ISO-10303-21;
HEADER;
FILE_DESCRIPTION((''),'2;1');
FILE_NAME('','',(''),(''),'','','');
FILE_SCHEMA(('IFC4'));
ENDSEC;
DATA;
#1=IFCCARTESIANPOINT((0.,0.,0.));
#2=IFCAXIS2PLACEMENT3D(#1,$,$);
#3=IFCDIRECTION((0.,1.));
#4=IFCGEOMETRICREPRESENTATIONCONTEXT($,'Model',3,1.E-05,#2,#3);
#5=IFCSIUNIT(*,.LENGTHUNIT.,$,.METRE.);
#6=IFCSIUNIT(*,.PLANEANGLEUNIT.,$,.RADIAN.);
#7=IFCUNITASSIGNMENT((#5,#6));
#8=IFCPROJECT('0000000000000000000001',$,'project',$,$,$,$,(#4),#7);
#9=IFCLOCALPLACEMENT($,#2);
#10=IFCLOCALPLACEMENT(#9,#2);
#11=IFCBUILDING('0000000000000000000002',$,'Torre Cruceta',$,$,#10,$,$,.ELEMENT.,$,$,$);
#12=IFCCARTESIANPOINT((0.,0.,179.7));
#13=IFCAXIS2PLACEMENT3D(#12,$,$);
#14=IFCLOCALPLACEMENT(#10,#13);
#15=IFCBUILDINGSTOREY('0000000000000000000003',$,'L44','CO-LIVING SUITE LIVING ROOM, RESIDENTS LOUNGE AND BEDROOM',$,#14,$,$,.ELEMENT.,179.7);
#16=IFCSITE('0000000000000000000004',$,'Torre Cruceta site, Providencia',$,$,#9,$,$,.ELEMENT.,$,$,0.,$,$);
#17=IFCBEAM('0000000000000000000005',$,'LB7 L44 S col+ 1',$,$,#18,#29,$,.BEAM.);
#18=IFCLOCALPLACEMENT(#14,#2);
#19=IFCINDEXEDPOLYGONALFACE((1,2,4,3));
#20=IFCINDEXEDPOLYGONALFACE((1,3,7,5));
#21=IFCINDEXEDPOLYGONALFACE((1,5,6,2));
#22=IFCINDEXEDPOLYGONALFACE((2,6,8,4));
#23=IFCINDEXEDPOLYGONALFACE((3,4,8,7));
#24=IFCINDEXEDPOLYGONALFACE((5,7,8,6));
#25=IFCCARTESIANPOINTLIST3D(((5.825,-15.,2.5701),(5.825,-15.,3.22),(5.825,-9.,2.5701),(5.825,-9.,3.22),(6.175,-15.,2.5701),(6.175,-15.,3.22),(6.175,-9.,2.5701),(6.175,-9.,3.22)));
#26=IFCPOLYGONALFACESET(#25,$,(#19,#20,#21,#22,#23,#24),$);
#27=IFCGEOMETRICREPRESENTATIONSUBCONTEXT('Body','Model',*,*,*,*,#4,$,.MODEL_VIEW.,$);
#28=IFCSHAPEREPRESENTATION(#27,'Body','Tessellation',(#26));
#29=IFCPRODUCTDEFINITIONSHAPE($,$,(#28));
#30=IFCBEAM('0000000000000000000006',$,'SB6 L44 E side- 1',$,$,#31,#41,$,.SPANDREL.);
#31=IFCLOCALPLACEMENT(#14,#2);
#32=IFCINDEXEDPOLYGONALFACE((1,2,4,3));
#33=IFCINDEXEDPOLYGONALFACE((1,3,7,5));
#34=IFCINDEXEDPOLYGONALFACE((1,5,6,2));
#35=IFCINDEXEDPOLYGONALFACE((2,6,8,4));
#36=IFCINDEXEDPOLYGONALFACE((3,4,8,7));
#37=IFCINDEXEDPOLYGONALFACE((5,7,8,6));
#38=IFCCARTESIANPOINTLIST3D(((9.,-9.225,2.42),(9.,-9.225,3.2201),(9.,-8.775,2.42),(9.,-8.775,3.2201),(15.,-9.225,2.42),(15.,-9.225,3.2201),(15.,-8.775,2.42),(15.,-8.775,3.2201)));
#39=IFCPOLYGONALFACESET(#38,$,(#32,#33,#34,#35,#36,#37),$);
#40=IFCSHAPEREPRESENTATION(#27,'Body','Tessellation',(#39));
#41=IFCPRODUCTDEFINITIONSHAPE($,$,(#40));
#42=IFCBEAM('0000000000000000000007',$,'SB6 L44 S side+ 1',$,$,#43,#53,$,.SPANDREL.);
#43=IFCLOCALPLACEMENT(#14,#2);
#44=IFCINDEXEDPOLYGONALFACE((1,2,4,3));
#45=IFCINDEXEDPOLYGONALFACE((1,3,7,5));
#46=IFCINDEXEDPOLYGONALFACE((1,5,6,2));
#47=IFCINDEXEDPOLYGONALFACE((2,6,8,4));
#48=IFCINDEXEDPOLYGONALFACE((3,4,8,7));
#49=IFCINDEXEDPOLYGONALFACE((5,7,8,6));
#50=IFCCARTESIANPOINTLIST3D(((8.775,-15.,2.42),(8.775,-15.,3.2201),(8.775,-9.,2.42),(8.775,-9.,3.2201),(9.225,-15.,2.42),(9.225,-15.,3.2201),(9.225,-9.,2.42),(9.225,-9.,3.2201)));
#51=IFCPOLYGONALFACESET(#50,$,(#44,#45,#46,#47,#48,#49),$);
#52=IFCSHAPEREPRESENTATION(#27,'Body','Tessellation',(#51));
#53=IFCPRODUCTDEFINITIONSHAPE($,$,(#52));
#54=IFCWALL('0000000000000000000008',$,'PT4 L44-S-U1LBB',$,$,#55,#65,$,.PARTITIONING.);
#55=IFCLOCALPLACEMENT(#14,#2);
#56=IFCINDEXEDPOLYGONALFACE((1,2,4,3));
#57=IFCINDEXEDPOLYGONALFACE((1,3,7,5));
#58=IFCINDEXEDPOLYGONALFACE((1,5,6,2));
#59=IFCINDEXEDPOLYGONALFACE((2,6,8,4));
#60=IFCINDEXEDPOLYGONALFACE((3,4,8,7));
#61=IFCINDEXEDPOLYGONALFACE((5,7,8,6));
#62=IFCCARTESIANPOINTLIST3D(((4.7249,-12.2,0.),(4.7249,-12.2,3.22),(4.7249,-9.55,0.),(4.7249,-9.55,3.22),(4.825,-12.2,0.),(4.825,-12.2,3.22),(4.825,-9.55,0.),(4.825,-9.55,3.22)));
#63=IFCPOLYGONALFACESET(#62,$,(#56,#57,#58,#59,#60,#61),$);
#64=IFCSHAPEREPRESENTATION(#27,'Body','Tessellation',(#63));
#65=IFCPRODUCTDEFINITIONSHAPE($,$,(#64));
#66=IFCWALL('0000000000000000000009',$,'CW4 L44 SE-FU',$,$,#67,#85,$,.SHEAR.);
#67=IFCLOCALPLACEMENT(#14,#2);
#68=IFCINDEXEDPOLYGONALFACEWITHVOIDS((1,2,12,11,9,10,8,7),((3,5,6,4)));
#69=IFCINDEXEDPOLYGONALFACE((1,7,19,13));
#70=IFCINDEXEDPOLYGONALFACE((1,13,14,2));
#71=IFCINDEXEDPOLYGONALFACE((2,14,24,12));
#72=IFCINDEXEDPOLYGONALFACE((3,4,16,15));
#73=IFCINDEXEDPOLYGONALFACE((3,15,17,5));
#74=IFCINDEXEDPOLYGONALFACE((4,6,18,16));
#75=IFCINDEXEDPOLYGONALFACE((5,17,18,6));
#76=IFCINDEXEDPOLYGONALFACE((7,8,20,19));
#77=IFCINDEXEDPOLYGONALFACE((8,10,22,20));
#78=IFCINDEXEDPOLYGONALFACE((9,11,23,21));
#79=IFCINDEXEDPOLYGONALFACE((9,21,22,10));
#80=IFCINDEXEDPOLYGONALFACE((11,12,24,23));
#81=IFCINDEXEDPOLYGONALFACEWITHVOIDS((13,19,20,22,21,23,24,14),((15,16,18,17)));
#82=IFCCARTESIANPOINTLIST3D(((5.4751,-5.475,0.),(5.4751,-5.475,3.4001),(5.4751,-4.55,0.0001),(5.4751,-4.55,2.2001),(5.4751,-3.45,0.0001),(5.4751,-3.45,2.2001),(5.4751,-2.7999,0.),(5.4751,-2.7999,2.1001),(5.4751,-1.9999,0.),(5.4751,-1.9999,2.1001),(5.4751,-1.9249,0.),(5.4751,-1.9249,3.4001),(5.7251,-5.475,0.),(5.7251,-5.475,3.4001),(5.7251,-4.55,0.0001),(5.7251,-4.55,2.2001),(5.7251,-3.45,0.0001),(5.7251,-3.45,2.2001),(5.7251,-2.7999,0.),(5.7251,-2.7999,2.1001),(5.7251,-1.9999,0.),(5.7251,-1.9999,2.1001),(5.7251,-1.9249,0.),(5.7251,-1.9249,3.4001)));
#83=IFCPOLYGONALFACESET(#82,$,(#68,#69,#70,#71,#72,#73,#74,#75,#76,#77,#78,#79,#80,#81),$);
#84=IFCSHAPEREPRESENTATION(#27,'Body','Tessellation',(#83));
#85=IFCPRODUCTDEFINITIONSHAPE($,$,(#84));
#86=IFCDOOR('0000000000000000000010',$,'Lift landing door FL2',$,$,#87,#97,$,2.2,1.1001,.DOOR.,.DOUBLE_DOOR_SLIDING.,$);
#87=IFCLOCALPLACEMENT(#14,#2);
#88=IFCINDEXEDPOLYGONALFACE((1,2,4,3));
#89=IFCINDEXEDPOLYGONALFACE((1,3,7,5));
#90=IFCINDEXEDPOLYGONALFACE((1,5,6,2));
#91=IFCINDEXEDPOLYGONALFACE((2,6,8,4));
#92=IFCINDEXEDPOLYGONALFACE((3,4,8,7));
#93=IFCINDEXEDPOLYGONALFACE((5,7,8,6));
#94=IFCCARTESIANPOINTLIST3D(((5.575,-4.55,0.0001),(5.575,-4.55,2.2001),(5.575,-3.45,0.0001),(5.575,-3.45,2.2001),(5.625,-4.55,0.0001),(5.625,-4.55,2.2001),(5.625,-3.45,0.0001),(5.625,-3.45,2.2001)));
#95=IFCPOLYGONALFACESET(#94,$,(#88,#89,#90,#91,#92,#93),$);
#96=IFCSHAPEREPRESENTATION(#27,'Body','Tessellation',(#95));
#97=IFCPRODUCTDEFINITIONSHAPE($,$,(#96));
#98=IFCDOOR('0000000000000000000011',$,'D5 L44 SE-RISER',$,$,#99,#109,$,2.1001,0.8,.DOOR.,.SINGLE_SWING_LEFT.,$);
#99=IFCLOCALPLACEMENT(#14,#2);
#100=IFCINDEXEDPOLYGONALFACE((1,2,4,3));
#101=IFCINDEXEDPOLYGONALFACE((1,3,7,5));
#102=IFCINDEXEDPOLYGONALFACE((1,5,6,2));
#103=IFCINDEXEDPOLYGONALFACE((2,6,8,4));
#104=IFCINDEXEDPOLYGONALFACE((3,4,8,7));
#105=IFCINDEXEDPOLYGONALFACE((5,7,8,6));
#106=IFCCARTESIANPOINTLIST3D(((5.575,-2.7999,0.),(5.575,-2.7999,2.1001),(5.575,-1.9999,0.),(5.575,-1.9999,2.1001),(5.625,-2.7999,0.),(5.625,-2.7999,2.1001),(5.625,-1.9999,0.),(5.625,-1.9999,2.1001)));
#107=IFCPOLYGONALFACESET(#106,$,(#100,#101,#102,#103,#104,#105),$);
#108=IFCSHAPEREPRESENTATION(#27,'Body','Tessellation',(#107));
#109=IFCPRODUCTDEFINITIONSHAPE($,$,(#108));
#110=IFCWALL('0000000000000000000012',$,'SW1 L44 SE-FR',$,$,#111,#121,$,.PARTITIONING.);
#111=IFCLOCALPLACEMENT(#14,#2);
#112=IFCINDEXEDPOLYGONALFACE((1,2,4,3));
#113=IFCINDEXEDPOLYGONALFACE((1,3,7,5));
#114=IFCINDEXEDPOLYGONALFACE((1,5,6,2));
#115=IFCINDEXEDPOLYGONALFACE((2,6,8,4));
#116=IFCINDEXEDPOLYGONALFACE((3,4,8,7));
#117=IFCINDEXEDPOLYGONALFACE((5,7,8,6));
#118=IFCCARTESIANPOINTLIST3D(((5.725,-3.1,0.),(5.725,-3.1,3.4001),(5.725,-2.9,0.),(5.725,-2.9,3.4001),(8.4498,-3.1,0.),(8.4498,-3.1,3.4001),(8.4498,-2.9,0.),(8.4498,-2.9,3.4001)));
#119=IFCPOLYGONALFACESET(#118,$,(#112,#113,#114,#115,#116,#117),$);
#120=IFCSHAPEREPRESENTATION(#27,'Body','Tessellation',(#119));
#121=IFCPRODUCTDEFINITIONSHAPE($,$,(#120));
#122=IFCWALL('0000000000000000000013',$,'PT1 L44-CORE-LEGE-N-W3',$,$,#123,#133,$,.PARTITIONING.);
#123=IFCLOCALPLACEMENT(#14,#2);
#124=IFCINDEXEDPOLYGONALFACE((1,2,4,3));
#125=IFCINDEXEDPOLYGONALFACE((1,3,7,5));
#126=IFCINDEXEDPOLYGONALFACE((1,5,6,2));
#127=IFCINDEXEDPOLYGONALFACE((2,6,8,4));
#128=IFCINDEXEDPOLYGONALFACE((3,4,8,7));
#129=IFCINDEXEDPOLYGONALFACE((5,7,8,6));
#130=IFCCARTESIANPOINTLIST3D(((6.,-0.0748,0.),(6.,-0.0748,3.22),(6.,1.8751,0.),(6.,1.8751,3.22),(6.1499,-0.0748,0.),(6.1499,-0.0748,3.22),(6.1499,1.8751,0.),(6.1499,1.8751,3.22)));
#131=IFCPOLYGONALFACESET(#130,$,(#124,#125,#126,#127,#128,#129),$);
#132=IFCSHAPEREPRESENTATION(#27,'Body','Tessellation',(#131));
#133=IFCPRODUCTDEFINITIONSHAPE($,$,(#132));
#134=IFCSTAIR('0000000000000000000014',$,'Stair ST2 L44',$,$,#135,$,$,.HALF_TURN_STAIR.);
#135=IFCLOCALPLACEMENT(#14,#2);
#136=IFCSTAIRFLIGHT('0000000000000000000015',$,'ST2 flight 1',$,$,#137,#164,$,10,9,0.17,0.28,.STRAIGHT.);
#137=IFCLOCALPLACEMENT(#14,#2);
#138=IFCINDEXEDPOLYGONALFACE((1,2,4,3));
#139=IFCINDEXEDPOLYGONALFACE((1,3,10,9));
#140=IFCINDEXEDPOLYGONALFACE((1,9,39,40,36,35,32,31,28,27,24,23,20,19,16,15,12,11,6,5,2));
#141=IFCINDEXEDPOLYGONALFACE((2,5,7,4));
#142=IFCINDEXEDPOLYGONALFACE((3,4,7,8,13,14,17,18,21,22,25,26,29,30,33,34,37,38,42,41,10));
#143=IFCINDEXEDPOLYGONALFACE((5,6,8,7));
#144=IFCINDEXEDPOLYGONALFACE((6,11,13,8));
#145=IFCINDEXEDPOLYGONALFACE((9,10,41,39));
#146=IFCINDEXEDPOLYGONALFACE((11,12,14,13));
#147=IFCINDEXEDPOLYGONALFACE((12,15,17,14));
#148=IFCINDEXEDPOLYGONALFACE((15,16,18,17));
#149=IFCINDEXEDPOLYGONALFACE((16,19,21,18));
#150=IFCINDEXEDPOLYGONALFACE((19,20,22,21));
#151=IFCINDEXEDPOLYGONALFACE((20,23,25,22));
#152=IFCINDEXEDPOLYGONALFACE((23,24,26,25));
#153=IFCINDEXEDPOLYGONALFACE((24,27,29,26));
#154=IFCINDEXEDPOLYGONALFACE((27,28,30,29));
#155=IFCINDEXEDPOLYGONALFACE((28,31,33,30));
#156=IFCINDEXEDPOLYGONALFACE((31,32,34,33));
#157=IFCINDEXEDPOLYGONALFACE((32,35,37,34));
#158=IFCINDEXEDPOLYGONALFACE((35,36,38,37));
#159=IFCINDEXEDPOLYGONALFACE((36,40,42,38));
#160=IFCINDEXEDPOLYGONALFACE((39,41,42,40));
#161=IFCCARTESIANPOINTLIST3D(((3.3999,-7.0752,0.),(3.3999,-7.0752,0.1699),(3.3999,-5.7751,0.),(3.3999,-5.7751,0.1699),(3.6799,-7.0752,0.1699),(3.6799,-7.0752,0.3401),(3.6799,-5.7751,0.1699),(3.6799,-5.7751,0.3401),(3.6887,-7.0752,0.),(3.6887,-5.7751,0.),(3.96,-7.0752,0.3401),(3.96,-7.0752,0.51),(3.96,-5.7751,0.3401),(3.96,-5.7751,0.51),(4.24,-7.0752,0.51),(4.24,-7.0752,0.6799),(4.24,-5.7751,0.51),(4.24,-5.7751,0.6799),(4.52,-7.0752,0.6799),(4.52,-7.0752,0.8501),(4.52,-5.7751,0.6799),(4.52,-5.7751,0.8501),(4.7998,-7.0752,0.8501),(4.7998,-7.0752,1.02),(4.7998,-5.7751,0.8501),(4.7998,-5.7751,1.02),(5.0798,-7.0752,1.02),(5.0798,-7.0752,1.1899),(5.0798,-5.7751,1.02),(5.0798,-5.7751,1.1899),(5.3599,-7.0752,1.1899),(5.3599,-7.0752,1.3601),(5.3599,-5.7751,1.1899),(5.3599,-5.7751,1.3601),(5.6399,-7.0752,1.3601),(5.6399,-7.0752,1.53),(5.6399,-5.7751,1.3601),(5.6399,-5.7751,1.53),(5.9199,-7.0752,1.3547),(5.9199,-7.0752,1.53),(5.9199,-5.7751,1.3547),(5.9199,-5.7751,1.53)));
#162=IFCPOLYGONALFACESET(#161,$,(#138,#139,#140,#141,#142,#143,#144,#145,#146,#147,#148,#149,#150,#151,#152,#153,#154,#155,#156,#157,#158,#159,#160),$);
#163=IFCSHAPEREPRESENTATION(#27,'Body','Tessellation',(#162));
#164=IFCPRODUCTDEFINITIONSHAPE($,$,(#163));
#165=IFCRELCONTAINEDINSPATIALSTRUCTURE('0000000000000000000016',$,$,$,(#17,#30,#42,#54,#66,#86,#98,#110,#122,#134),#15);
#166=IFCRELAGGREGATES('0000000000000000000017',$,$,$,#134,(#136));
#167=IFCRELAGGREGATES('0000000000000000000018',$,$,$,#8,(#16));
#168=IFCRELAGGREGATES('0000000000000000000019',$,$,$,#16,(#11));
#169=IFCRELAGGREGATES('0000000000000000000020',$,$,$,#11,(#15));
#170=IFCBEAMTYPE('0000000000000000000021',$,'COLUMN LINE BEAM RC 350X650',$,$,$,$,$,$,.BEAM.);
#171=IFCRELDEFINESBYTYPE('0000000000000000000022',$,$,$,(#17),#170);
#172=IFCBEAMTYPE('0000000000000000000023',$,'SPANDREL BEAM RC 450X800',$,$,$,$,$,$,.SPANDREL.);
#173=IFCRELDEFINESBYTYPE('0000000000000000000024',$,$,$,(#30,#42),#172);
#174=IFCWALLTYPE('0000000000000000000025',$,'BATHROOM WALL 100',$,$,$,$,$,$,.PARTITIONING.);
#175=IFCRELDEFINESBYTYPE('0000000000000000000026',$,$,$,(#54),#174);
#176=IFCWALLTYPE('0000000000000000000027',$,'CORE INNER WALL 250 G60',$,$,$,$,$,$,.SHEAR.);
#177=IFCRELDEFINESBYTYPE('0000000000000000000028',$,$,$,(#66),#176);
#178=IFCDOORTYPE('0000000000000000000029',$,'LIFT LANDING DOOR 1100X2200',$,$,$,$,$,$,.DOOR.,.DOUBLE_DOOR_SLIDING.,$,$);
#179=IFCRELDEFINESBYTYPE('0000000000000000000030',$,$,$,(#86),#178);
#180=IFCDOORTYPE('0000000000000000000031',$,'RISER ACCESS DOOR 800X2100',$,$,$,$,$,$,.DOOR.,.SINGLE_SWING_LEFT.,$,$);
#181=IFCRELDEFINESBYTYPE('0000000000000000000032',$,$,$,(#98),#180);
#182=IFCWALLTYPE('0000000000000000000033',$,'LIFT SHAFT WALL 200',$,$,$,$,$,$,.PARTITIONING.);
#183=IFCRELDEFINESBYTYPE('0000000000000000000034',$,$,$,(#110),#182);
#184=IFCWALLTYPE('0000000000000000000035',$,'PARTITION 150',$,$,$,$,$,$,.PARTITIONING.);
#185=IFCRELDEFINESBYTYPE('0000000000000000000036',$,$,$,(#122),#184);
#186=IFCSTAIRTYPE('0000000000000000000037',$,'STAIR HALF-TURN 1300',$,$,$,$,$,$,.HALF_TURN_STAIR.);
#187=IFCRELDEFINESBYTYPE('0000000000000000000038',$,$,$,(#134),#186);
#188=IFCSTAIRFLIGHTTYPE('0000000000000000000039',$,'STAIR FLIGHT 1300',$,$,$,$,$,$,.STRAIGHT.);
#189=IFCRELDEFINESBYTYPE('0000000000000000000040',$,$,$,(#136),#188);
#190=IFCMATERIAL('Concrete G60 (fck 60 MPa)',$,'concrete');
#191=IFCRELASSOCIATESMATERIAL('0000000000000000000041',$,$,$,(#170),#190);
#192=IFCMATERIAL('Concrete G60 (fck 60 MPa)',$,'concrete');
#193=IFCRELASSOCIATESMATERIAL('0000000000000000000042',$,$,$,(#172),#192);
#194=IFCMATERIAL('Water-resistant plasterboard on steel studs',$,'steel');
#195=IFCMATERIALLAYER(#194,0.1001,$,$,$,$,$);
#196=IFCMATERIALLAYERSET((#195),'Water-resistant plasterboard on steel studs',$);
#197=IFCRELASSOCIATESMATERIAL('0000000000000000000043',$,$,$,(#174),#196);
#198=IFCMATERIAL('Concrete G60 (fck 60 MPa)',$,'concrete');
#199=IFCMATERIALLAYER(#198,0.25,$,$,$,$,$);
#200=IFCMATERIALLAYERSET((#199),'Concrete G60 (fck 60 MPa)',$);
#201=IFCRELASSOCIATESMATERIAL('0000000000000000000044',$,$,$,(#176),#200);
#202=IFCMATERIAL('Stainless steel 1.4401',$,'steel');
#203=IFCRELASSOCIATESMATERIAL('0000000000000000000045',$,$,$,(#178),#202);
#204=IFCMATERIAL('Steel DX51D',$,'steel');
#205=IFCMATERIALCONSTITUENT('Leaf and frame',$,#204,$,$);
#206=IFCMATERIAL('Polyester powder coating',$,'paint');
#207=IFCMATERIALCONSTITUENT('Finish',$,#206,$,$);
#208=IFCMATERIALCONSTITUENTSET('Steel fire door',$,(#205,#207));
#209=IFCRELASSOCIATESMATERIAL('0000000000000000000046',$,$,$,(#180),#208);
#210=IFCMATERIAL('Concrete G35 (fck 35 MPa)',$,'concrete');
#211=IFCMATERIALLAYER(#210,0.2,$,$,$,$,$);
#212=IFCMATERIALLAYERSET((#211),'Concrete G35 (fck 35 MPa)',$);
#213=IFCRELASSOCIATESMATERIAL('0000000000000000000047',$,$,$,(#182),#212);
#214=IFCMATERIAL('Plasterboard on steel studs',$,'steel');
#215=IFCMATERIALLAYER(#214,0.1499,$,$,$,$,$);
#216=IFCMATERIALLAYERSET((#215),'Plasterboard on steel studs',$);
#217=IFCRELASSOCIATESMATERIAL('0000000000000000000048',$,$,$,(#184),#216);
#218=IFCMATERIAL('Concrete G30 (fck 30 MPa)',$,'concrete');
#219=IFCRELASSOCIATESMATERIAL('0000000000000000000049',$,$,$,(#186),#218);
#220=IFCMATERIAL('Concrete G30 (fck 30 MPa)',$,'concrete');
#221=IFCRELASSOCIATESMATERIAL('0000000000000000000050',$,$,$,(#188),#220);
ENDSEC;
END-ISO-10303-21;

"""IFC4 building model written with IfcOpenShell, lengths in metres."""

from ifc_helpers import new_model, si_unit, direction, frame, frame_2d, origin, origin_2d, place, context, subcontext, project, spatial, polyline, rectangle, outline, extrude, material, layer, layer_set, constituent, constituent_set, material_profile, profile_set, type_object, element, fill, aggregate, save


model = new_model("IFC4")

# Units and contexts
model_context = context("Model", 3, precision=1e-05, world=origin(), true_north=direction((0.0, 1.0)))
body_context = subcontext(model_context, "Body", "Model", "MODEL_VIEW")
ifc_project = project(units=[si_unit("LENGTHUNIT", "METRE"), si_unit("PLANEANGLEUNIT", "RADIAN")], contexts=[model_context])

# Site, building, storey
site_placement = place(None, origin())
site = spatial("IfcSite", under=ifc_project, at=site_placement, Name="Torre Cruceta site, Providencia", CompositionType="ELEMENT", RefElevation=0.0)
building_placement = place(site_placement, origin())
building = spatial("IfcBuilding", under=site, at=building_placement, Name="Torre Cruceta", CompositionType="ELEMENT")
storey_placement = place(building_placement, frame((0.0, 0.0, 179.7)))
storey = spatial("IfcBuildingStorey", under=building, at=storey_placement, Name="L44", Description="CO-LIVING SUITE LIVING ROOM, RESIDENTS LOUNGE AND BEDROOM", CompositionType="ELEMENT", Elevation=179.7)

# Beams
ifc_material_1 = material(Name="Concrete G60 (fck 60 MPa)", Category="concrete")
ifc_material_profile_1 = material_profile(ifc_material_1, rectangle(XDim=0.3501, YDim=0.6499, at=origin_2d()), Name="RC 350X650")
ifc_profile_set_1 = profile_set([ifc_material_profile_1], Name="Concrete G60 (fck 60 MPa)")
beam_type_1 = type_object("IfcBeamType", Name="COLUMN LINE BEAM RC 350X650", PredefinedType="BEAM", material=ifc_profile_set_1)
beam_placement = place(storey_placement, frame((6.0, -9.0, 2.895), z_axis=(0.0, -1.0, 0.0), x_axis=(1.0, 0.0, 0.0)))
element("IfcBeam", 1, at=beam_placement, inside=storey, type_object=beam_type_1, Name="LB7 L44 S col+ 1", PredefinedType="BEAM", context=body_context, shape_type="SweptSolid", body=[
    extrude(rectangle(XDim=0.3501, YDim=0.6499, at=origin_2d()), origin(), (0.0, 0.0, 1.0), 6.0),
])
ifc_material_2 = material(Name="Concrete G60 (fck 60 MPa)", Category="concrete")
ifc_material_profile_2 = material_profile(ifc_material_2, rectangle(XDim=0.45, YDim=0.8, at=origin_2d()), Name="RC 450X800")
ifc_profile_set_2 = profile_set([ifc_material_profile_2], Name="Concrete G60 (fck 60 MPa)")
beam_type_2 = type_object("IfcBeamType", Name="SPANDREL BEAM RC 450X800", PredefinedType="SPANDREL", material=ifc_profile_set_2)
for number, where, z_axis, x_axis, name in (
    (2, (9.0, -9.0, 2.8201), (1.0, 0.0, 0.0), (0.0, 1.0, 0.0), "SB6 L44 E side- 1"),
    (3, (9.0, -9.0, 2.8201), (0.0, -1.0, 0.0), (1.0, 0.0, 0.0), "SB6 L44 S side+ 1"),
):
    element("IfcBeam", number, at=place(storey_placement, frame(where, z_axis=z_axis, x_axis=x_axis)), inside=storey, type_object=beam_type_2, Name=name, PredefinedType="SPANDREL", context=body_context, shape_type="SweptSolid", body=[
        extrude(rectangle(XDim=0.45, YDim=0.8, at=origin_2d()), origin(), (0.0, 0.0, 1.0), 6.0),
    ])

# Wall
ifc_material_3 = material(Name="Water-resistant plasterboard on steel studs", Category="steel")
ifc_layer_1 = layer(ifc_material_3, 0.1001)
ifc_layer_set_1 = layer_set([ifc_layer_1], Name="Water-resistant plasterboard on steel studs")
wall_type_1 = type_object("IfcWallType", Name="BATHROOM WALL 100", PredefinedType="PARTITIONING", material=ifc_layer_set_1)
wall_1_placement = place(storey_placement, frame((4.7749, -9.55, 0.0), z_axis=(0.0, 0.0, 1.0), x_axis=(0.0, -1.0, 0.0)))
element("IfcWall", 4, at=wall_1_placement, inside=storey, type_object=wall_type_1, Name="PT4 L44-S-U1LBB", PredefinedType="PARTITIONING", context=body_context, shape_type="SweptSolid", body=[
    extrude(rectangle(XDim=2.6499, YDim=0.1001, at=frame_2d((1.325, 0.0))), origin(), (0.0, 0.0, 1.0), 3.22),
])

# Wall, openings, doors
ifc_material_4 = material(Name="Concrete G60 (fck 60 MPa)", Category="concrete")
ifc_layer_2 = layer(ifc_material_4, 0.25)
ifc_layer_set_2 = layer_set([ifc_layer_2], Name="Concrete G60 (fck 60 MPa)")
wall_type_2 = type_object("IfcWallType", Name="CORE INNER WALL 250 G60", PredefinedType="SHEAR", material=ifc_layer_set_2)
wall_2_placement = place(storey_placement, frame((5.6001, -1.925, 0.0), z_axis=(0.0, 0.0, 1.0), x_axis=(0.0, -1.0, 0.0)))
wall_2 = element("IfcWall", 5, at=wall_2_placement, inside=storey, type_object=wall_type_2, Name="CW4 L44 SE-FU", PredefinedType="SHEAR", context=body_context, shape_type="SweptSolid", body=[
    extrude(rectangle(XDim=3.55, YDim=0.25, at=frame_2d((1.7749, 0.0))), origin(), (0.0, 0.0, 1.0), 3.4001),
])
opening_1_placement = place(wall_2_placement, frame((1.5249, 0.0, 0.0)))
opening_1 = element("IfcOpeningElement", 6, at=opening_1_placement, cuts=wall_2, PredefinedType="OPENING", context=body_context, shape_type="SweptSolid", body=[
    extrude(rectangle(XDim=1.1001, YDim=2.2, at=frame_2d((0.55, 1.1001))), frame((0.0, 0.135, 0.0), z_axis=(0.0, -1.0, 0.0), x_axis=(1.0, 0.0, 0.0)), (0.0, 0.0, 1.0), 0.27),
])
opening_2_placement = place(wall_2_placement, frame((0.075, 0.0, 0.0)))
opening_2 = element("IfcOpeningElement", 7, at=opening_2_placement, cuts=wall_2, PredefinedType="OPENING", context=body_context, shape_type="SweptSolid", body=[
    extrude(rectangle(XDim=0.8, YDim=2.1001, at=frame_2d((0.3999, 1.05))), frame((0.0, 0.135, 0.0), z_axis=(0.0, -1.0, 0.0), x_axis=(1.0, 0.0, 0.0)), (0.0, 0.0, 1.0), 0.27),
])
ifc_material_5 = material(Name="Stainless steel 1.4401", Category="steel")
door_type_1 = type_object("IfcDoorType", Name="LIFT LANDING DOOR 1100X2200", OperationType="DOUBLE_DOOR_SLIDING", PredefinedType="DOOR", material=ifc_material_5)
door_1_placement = place(opening_1_placement, origin())
door_1 = element("IfcDoor", 8, at=door_1_placement, inside=storey, type_object=door_type_1, Name="Lift landing door FL2", OperationType="DOUBLE_DOOR_SLIDING", OverallHeight=2.2, OverallWidth=1.1001, PredefinedType="DOOR", context=body_context, shape_type="SweptSolid", body=[
    extrude(rectangle(XDim=1.1001, YDim=2.2, at=frame_2d((0.55, 1.1001))), frame((0.0, 0.0249, 0.0), z_axis=(0.0, -1.0, 0.0), x_axis=(1.0, 0.0, 0.0)), (0.0, 0.0, 1.0), 0.05),
])
fill(opening_1, door_1)
ifc_material_6 = material(Name="Steel DX51D", Category="steel")
ifc_constituent_1 = constituent(ifc_material_6, Name="Leaf and frame")
ifc_material_7 = material(Name="Polyester powder coating", Category="paint")
ifc_constituent_2 = constituent(ifc_material_7, Name="Finish")
ifc_constituent_set_1 = constituent_set(constituents=[ifc_constituent_1, ifc_constituent_2], Name="Steel fire door")
door_type_2 = type_object("IfcDoorType", Name="RISER ACCESS DOOR 800X2100", OperationType="SINGLE_SWING_LEFT", PredefinedType="DOOR", material=ifc_constituent_set_1)
door_2_placement = place(opening_2_placement, origin())
door_2 = element("IfcDoor", 9, at=door_2_placement, inside=storey, type_object=door_type_2, Name="D5 L44 SE-RISER", OperationType="SINGLE_SWING_LEFT", OverallHeight=2.1001, OverallWidth=0.8, PredefinedType="DOOR", context=body_context, shape_type="SweptSolid", body=[
    extrude(rectangle(XDim=0.8, YDim=2.1001, at=frame_2d((0.3999, 1.05))), frame((0.0, 0.0249, 0.0), z_axis=(0.0, -1.0, 0.0), x_axis=(1.0, 0.0, 0.0)), (0.0, 0.0, 1.0), 0.05),
])
fill(opening_2, door_2)

# Walls
ifc_material_8 = material(Name="Concrete G35 (fck 35 MPa)", Category="concrete")
ifc_layer_3 = layer(ifc_material_8, 0.2)
ifc_layer_set_3 = layer_set([ifc_layer_3], Name="Concrete G35 (fck 35 MPa)")
wall_type_3 = type_object("IfcWallType", Name="LIFT SHAFT WALL 200", PredefinedType="PARTITIONING", material=ifc_layer_set_3)
wall_3_placement = place(storey_placement, frame((5.7251, -3.0, 0.0), z_axis=(0.0, 0.0, 1.0), x_axis=(1.0, 0.0, 0.0)))
element("IfcWall", 10, at=wall_3_placement, inside=storey, type_object=wall_type_3, Name="SW1 L44 SE-FR", PredefinedType="PARTITIONING", context=body_context, shape_type="SweptSolid", body=[
    extrude(rectangle(XDim=2.7249, YDim=0.2, at=frame_2d((1.3623, 0.0))), origin(), (0.0, 0.0, 1.0), 3.4001),
])
ifc_material_9 = material(Name="Plasterboard on steel studs", Category="steel")
ifc_layer_4 = layer(ifc_material_9, 0.1499)
ifc_layer_set_4 = layer_set([ifc_layer_4], Name="Plasterboard on steel studs")
wall_type_4 = type_object("IfcWallType", Name="PARTITION 150", PredefinedType="PARTITIONING", material=ifc_layer_set_4)
wall_4_placement = place(storey_placement, frame((6.075, -0.075, 0.0), z_axis=(0.0, 0.0, 1.0), x_axis=(0.0, 1.0, 0.0)))
element("IfcWall", 11, at=wall_4_placement, inside=storey, type_object=wall_type_4, Name="PT1 L44-CORE-LEGE-N-W3", PredefinedType="PARTITIONING", context=body_context, shape_type="SweptSolid", body=[
    extrude(rectangle(XDim=1.95, YDim=0.1499, at=frame_2d((0.9751, 0.0))), origin(), (0.0, 0.0, 1.0), 3.22),
])

# Stair, stair flight
ifc_material_10 = material(Name="Concrete G30 (fck 30 MPa)", Category="concrete")
stair_type = type_object("IfcStairType", Name="STAIR HALF-TURN 1300", PredefinedType="HALF_TURN_STAIR", material=ifc_material_10)
stair_placement = place(storey_placement, origin())
stair = element("IfcStair", 12, at=stair_placement, inside=storey, type_object=stair_type, Name="Stair ST2 L44", PredefinedType="HALF_TURN_STAIR")
ifc_material_11 = material(Name="Concrete G30 (fck 30 MPa)", Category="concrete")
stair_flight_type = type_object("IfcStairFlightType", Name="STAIR FLIGHT 1300", PredefinedType="STRAIGHT", material=ifc_material_11)
stair_flight_1_placement = place(storey_placement, frame((3.3999, -6.425, 0.0), z_axis=(0.0, 0.0, 1.0), x_axis=(1.0, 0.0, 0.0)))
stair_flight_1 = element("IfcStairFlight", 13, at=stair_flight_1_placement, type_object=stair_flight_type, Name="ST2 flight 1", NumberOfRisers=10, NumberOfTreads=9, PredefinedType="STRAIGHT", RiserHeight=0.17, TreadLength=0.28, context=body_context, shape_type="SweptSolid", body=[
    extrude(outline(polyline([(0.0, 0.0), (0.0, 0.1699), (0.28, 0.1699), (0.28, 0.3401), (0.5601, 0.3401), (0.5601, 0.51), (0.8401, 0.51), (0.8401, 0.6799), (1.1201, 0.6799), (1.1201, 0.8501), (1.3999, 0.8501), (1.3999, 1.02), (1.6799, 1.02), (1.6799, 1.1899), (1.96, 1.1899), (1.96, 1.3601), (2.24, 1.3601), (2.24, 1.53), (2.52, 1.53), (2.52, 1.7), (2.52, 1.3547), (0.2888, 0.0), (0.0, 0.0)])), frame((0.0, 0.6499, 0.0), z_axis=(0.0, -1.0, 0.0), x_axis=(1.0, 0.0, 0.0)), (0.0, 0.0, 1.0), 1.3),
])
aggregate(stair, [stair_flight_1])

save(model, "model.ifc")
